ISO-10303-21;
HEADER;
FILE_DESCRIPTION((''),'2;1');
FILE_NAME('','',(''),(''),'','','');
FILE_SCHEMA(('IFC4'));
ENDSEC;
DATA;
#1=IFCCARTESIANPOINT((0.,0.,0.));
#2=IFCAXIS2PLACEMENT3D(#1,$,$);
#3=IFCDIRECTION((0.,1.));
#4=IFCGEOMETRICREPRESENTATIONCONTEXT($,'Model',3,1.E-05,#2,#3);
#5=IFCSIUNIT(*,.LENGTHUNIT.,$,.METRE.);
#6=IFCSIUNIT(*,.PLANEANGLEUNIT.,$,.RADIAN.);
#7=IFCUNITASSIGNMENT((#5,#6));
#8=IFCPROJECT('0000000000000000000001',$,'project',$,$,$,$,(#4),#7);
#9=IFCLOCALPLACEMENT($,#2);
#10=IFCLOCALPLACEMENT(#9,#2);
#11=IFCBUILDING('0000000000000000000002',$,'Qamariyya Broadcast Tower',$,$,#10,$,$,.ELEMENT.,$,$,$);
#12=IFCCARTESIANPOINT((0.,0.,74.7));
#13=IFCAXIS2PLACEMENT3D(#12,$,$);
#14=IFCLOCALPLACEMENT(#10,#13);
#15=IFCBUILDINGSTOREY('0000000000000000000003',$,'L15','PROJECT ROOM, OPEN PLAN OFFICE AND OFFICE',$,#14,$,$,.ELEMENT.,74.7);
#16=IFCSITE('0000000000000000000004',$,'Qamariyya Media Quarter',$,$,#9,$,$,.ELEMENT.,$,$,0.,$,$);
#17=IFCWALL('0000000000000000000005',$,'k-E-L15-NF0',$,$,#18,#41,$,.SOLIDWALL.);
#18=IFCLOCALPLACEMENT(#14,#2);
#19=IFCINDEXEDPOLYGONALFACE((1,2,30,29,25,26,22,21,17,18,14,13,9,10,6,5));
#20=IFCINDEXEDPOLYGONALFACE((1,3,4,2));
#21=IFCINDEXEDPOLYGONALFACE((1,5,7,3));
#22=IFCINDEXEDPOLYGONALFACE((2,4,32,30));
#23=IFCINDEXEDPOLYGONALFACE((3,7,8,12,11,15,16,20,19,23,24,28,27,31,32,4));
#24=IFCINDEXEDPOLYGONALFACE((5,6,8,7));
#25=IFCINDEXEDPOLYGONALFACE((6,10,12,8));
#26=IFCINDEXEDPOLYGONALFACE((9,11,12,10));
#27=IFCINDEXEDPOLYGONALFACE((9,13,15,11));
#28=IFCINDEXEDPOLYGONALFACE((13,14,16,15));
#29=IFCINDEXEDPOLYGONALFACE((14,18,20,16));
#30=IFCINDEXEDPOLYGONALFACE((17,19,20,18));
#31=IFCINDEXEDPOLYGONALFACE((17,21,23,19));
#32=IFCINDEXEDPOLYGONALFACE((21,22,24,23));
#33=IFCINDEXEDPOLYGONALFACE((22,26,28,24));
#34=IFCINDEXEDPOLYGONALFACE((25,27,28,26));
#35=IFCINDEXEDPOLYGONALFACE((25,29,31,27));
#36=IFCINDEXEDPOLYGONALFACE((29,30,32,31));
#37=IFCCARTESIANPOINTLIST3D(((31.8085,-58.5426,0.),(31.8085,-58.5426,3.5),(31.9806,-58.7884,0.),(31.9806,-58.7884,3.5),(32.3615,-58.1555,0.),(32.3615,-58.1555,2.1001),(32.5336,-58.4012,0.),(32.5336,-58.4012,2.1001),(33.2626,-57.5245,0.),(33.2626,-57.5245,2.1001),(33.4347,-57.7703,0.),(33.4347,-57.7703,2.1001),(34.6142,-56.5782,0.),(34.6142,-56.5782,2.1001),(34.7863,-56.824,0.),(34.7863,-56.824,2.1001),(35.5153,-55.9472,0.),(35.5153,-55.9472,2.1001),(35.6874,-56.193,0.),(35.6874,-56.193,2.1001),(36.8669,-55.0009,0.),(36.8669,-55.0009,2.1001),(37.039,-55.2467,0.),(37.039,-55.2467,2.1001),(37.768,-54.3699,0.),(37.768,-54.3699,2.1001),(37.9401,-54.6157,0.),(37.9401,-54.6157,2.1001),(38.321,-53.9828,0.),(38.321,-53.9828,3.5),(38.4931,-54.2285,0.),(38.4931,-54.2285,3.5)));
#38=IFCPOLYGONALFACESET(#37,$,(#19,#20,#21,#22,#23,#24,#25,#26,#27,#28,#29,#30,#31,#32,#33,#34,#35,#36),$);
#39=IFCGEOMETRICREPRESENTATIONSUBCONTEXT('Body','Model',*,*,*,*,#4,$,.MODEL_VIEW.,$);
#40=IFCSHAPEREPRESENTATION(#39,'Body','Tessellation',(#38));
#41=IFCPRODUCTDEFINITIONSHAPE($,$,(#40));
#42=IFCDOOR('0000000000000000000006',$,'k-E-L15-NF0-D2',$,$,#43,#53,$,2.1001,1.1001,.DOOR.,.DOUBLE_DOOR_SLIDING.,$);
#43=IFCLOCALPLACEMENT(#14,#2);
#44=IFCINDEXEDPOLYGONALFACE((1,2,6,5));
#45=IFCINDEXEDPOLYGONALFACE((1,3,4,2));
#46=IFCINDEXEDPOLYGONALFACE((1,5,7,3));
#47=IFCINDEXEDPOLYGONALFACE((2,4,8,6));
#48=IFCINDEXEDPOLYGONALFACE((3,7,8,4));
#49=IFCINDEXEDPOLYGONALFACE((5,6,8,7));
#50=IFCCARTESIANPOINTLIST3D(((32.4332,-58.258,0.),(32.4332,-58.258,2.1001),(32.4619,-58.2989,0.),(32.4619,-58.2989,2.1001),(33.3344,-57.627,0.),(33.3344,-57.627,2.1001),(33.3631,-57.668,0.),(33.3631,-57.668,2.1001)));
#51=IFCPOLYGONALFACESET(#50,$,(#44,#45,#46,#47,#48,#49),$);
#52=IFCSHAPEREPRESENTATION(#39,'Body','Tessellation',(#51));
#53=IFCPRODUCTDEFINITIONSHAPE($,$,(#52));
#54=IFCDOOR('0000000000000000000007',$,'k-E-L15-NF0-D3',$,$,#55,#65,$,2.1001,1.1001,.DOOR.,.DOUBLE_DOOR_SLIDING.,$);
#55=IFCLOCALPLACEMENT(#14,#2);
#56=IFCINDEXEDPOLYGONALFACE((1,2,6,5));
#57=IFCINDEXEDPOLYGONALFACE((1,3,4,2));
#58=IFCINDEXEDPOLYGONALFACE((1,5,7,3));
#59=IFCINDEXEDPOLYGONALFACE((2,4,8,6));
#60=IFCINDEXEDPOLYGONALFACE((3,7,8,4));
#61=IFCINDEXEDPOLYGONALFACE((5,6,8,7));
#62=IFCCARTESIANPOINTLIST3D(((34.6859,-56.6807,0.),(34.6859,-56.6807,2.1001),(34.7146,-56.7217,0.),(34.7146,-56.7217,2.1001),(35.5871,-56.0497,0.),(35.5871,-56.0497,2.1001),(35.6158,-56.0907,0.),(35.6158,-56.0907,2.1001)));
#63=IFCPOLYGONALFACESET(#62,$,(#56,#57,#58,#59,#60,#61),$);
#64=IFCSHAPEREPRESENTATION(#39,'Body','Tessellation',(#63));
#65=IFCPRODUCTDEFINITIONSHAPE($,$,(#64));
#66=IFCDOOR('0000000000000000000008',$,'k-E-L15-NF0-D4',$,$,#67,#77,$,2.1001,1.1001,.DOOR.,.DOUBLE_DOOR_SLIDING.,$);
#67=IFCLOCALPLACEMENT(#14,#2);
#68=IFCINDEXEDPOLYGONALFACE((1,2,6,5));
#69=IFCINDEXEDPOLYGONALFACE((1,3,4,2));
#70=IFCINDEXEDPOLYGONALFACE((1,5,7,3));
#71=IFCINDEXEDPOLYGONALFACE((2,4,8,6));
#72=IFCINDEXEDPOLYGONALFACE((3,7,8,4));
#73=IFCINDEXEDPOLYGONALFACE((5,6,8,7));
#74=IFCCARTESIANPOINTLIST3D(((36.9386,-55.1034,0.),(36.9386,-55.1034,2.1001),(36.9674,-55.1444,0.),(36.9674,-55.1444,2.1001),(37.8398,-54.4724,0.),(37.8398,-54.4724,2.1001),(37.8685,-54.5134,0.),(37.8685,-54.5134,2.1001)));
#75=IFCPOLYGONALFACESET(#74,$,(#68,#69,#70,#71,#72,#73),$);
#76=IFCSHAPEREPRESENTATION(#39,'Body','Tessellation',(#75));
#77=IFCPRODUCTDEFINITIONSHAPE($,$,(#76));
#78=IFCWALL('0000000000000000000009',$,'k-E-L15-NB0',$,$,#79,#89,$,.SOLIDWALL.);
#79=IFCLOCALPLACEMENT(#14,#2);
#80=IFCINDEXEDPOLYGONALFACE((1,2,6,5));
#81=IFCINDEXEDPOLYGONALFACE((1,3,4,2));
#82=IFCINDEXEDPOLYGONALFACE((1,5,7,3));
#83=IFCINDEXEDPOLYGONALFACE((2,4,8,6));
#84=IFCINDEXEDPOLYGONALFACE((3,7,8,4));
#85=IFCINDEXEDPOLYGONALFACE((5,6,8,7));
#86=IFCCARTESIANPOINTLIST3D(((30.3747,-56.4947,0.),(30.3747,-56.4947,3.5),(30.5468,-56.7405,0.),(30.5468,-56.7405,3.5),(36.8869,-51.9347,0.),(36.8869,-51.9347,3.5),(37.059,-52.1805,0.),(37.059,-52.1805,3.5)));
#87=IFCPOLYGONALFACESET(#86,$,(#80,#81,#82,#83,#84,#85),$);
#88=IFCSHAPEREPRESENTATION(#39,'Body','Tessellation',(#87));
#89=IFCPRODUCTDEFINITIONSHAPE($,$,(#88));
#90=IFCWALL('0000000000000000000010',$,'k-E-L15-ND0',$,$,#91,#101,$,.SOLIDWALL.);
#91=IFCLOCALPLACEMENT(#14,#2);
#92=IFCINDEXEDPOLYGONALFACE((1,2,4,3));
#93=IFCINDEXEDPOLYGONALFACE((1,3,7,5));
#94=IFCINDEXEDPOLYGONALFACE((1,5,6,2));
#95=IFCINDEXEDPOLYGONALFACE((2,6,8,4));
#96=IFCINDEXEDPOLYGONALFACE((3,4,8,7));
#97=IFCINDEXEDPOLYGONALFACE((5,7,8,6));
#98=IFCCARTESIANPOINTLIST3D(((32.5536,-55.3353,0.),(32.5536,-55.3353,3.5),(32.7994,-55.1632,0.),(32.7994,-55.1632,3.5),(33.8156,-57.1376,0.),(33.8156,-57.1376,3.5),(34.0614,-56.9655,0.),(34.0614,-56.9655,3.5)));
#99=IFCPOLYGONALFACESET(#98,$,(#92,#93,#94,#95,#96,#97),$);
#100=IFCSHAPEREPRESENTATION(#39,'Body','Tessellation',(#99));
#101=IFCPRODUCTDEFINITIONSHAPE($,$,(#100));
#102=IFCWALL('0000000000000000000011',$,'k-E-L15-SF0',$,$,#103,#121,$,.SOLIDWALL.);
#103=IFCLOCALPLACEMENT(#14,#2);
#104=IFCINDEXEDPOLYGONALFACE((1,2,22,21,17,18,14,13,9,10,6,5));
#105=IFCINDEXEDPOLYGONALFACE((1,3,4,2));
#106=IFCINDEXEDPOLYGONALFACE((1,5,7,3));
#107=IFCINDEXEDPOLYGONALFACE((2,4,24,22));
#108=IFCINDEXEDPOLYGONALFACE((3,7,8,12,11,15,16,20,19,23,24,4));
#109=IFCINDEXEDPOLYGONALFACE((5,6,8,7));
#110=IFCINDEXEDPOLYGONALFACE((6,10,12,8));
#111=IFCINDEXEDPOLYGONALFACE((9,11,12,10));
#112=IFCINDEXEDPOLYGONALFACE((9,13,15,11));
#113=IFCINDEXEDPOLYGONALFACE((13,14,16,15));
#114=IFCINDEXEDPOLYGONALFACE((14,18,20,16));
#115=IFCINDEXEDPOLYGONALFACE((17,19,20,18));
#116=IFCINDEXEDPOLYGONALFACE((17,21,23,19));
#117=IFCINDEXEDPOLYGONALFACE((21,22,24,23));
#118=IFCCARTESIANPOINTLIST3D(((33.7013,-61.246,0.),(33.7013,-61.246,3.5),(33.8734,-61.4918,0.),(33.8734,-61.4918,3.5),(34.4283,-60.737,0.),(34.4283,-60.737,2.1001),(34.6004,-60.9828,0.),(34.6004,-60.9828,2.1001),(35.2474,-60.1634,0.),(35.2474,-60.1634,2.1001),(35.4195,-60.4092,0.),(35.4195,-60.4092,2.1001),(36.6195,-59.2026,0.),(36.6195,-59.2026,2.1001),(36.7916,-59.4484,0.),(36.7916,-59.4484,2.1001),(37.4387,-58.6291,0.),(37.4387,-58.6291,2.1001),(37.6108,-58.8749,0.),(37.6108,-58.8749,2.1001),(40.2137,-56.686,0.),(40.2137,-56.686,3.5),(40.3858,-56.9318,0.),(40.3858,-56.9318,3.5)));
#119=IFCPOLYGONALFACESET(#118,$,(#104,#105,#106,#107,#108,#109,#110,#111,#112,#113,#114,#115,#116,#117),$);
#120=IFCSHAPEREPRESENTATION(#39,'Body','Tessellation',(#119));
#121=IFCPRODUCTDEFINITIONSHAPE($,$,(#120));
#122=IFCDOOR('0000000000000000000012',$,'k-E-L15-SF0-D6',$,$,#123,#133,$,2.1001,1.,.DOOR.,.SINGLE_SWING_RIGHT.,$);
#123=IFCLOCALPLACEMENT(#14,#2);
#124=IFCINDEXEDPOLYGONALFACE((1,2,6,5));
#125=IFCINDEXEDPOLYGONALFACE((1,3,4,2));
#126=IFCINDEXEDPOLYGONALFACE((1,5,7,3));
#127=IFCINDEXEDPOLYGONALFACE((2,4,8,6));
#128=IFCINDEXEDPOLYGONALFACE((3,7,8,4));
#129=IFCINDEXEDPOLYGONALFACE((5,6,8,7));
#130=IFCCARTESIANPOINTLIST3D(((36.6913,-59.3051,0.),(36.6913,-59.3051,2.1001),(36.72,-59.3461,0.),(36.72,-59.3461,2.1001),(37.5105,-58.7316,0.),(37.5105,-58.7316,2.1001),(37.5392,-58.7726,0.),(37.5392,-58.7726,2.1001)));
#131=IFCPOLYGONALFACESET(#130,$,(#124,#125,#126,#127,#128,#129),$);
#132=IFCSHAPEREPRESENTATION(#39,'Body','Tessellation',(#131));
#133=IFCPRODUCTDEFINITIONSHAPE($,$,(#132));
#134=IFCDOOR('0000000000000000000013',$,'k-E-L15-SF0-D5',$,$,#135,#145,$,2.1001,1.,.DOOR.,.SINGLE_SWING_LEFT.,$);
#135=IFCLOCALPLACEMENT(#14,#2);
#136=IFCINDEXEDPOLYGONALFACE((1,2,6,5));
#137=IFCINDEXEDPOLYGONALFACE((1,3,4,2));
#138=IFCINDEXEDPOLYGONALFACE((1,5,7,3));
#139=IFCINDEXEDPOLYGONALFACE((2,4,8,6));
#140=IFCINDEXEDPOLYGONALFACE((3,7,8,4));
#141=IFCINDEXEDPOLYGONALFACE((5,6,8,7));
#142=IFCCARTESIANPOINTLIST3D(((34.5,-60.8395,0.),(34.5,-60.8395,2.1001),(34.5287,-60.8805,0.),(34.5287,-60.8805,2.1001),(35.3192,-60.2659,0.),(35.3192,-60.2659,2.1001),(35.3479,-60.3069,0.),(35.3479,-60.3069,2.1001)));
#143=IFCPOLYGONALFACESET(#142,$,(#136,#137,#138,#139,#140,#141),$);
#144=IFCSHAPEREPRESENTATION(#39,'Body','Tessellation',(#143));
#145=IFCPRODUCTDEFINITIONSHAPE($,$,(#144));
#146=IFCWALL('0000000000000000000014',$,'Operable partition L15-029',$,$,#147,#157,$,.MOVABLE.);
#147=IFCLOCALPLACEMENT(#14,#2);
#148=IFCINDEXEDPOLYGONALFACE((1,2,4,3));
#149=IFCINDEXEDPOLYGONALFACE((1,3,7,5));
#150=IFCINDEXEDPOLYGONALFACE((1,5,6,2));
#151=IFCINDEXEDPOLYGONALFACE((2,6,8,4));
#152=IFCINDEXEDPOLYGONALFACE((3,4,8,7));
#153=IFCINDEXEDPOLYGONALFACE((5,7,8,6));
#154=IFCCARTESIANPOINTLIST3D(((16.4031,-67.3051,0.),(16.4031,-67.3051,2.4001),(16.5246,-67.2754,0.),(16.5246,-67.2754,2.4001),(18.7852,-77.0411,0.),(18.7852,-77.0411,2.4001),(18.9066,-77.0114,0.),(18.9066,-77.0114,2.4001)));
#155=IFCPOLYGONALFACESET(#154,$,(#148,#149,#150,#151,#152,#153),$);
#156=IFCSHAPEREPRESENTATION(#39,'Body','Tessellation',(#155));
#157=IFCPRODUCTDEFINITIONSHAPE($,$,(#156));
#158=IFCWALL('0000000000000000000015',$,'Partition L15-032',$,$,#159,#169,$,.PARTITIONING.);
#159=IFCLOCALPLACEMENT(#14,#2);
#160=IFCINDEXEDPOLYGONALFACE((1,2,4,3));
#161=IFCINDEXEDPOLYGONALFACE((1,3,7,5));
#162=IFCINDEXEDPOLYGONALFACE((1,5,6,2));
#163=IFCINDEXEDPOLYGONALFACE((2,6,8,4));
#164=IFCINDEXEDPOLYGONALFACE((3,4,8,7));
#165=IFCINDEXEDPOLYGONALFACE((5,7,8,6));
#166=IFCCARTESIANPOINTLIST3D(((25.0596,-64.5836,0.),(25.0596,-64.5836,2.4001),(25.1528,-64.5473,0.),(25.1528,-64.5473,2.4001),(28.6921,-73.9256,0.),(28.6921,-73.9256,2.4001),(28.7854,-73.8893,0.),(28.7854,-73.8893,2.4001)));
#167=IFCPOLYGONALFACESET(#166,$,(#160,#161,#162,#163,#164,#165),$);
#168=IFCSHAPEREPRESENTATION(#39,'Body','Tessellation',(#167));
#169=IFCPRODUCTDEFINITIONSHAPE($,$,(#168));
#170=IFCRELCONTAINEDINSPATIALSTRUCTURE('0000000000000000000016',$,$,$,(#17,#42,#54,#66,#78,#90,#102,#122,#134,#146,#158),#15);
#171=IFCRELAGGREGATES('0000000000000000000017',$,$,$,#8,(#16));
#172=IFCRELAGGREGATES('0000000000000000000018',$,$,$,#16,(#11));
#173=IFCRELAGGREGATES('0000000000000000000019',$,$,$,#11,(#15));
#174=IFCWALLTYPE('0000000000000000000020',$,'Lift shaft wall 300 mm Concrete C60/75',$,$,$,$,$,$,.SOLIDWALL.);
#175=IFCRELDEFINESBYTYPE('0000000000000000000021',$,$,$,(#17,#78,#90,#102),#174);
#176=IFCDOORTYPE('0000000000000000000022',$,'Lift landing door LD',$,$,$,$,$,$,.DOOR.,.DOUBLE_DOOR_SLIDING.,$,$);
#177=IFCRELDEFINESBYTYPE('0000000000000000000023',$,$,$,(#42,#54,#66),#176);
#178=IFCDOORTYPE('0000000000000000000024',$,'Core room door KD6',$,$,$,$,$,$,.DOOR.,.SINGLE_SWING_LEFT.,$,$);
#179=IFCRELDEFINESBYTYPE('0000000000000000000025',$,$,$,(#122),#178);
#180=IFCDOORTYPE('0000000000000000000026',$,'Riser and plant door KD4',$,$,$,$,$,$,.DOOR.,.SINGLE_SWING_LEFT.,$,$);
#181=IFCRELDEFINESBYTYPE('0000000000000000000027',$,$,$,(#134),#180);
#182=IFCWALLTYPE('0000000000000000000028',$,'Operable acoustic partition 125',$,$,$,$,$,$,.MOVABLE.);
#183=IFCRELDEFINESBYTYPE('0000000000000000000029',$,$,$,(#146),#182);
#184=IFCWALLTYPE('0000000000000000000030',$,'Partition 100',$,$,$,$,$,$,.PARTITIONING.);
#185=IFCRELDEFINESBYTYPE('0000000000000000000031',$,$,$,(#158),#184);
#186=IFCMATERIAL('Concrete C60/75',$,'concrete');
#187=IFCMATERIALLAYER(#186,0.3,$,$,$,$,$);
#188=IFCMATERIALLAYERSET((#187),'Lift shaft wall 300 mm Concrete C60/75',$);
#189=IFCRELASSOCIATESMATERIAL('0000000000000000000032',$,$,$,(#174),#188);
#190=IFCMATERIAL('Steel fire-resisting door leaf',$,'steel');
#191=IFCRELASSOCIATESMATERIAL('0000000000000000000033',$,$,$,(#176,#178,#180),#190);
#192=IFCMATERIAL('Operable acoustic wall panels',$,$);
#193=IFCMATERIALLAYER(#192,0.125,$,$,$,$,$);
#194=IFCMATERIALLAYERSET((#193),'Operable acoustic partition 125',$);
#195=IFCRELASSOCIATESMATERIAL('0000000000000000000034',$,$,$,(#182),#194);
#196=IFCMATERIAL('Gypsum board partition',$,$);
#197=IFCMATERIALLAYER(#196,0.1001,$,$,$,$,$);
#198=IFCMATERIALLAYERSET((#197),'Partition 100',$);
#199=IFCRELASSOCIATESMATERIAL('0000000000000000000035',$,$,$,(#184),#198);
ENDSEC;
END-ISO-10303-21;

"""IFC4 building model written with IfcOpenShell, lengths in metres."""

from ifc_helpers import new_model, si_unit, direction, frame, frame_2d, origin, place, context, subcontext, project, spatial, rectangle, extrude, material, layer, layer_set, type_object, element, fill, save


model = new_model("IFC4")

# Units and contexts
model_context = context("Model", 3, precision=1e-05, world=origin(), true_north=direction((0.0, 1.0)))
body_context = subcontext(model_context, "Body", "Model", "MODEL_VIEW")
ifc_project = project(units=[si_unit("LENGTHUNIT", "METRE"), si_unit("PLANEANGLEUNIT", "RADIAN")], contexts=[model_context])

# Site, building, storey
site_placement = place(None, origin())
site = spatial("IfcSite", under=ifc_project, at=site_placement, Name="Qamariyya Media Quarter", CompositionType="ELEMENT", RefElevation=0.0)
building_placement = place(site_placement, origin())
building = spatial("IfcBuilding", under=site, at=building_placement, Name="Qamariyya Broadcast Tower", CompositionType="ELEMENT")
storey_placement = place(building_placement, frame((0.0, 0.0, 74.7)))
storey = spatial("IfcBuildingStorey", under=building, at=storey_placement, Name="L15", Description="PROJECT ROOM, OPEN PLAN OFFICE AND OFFICE", CompositionType="ELEMENT", Elevation=74.7)

# Shared definitions
ifc_material_1 = material(Name="Gypsum board partition")

# Wall, openings, doors
ifc_material_2 = material(Name="Concrete C60/75", Category="concrete")
ifc_layer_1 = layer(ifc_material_2, 0.3)
ifc_layer_set_1 = layer_set([ifc_layer_1], Name="Lift shaft wall 300 mm Concrete C60/75")
wall_type_1 = type_object("IfcWallType", Name="Lift shaft wall 300 mm Concrete C60/75", PredefinedType="SOLIDWALL", material=ifc_layer_set_1)
wall_1_placement = place(storey_placement, frame((31.8945, -58.6655, 0.0), z_axis=(0.0, 0.0, 1.0), x_axis=(0.819167, 0.573555, 0.0)))
wall_1 = element("IfcWall", 1, at=wall_1_placement, inside=storey, type_object=wall_type_1, Name="k-E-L15-NF0", PredefinedType="SOLIDWALL", context=body_context, shape_type="SweptSolid", body=[
    extrude(rectangle(XDim=7.9502, YDim=0.3, at=frame_2d((3.9751, 0.0))), origin(), (0.0, 0.0, 1.0), 3.5),
])
opening_1_placement = place(wall_1_placement, frame((0.675, 0.0, 0.0)))
opening_1 = element("IfcOpeningElement", 2, at=opening_1_placement, cuts=wall_1, PredefinedType="OPENING", context=body_context, shape_type="SweptSolid", body=[
    extrude(rectangle(XDim=1.1001, YDim=2.1001, at=frame_2d((0.55, 1.05))), frame((0.0, 0.1599, 0.0), z_axis=(0.0, -1.0, 0.0), x_axis=(1.0, 0.0, 0.0)), (0.0, 0.0, 1.0), 0.3201),
])
opening_2_placement = place(wall_1_placement, frame((3.425, 0.0, 0.0)))
opening_2 = element("IfcOpeningElement", 3, at=opening_2_placement, cuts=wall_1, PredefinedType="OPENING", context=body_context, shape_type="SweptSolid", body=[
    extrude(rectangle(XDim=1.1001, YDim=2.1001, at=frame_2d((0.55, 1.05))), frame((0.0, 0.1599, 0.0), z_axis=(0.0, -1.0, 0.0), x_axis=(1.0, 0.0, 0.0)), (0.0, 0.0, 1.0), 0.3201),
])
opening_3_placement = place(wall_1_placement, frame((6.175, 0.0, 0.0)))
opening_3 = element("IfcOpeningElement", 4, at=opening_3_placement, cuts=wall_1, PredefinedType="OPENING", context=body_context, shape_type="SweptSolid", body=[
    extrude(rectangle(XDim=1.1001, YDim=2.1001, at=frame_2d((0.55, 1.05))), frame((0.0, 0.1599, 0.0), z_axis=(0.0, -1.0, 0.0), x_axis=(1.0, 0.0, 0.0)), (0.0, 0.0, 1.0), 0.3201),
])
ifc_material_3 = material(Name="Steel fire-resisting door leaf", Category="steel")
door_type_1 = type_object("IfcDoorType", Name="Lift landing door LD", OperationType="DOUBLE_DOOR_SLIDING", PredefinedType="DOOR", material=ifc_material_3)
door_1_placement = place(opening_1_placement, origin())
door_1 = element("IfcDoor", 5, at=door_1_placement, inside=storey, type_object=door_type_1, Name="k-E-L15-NF0-D2", OperationType="DOUBLE_DOOR_SLIDING", OverallHeight=2.1001, OverallWidth=1.1001, PredefinedType="DOOR", context=body_context, shape_type="SweptSolid", body=[
    extrude(rectangle(XDim=1.1001, YDim=2.1001, at=frame_2d((0.55, 1.05))), frame((0.0, 0.0249, 0.0), z_axis=(0.0, -1.0, 0.0), x_axis=(1.0, 0.0, 0.0)), (0.0, 0.0, 1.0), 0.05),
])
fill(opening_1, door_1)
door_2_placement = place(opening_2_placement, origin())
door_2 = element("IfcDoor", 6, at=door_2_placement, inside=storey, type_object=door_type_1, Name="k-E-L15-NF0-D3", OperationType="DOUBLE_DOOR_SLIDING", OverallHeight=2.1001, OverallWidth=1.1001, PredefinedType="DOOR", context=body_context, shape_type="SweptSolid", body=[
    extrude(rectangle(XDim=1.1001, YDim=2.1001, at=frame_2d((0.55, 1.05))), frame((0.0, 0.0249, 0.0), z_axis=(0.0, -1.0, 0.0), x_axis=(1.0, 0.0, 0.0)), (0.0, 0.0, 1.0), 0.05),
])
fill(opening_2, door_2)
door_3_placement = place(opening_3_placement, origin())
door_3 = element("IfcDoor", 7, at=door_3_placement, inside=storey, type_object=door_type_1, Name="k-E-L15-NF0-D4", OperationType="DOUBLE_DOOR_SLIDING", OverallHeight=2.1001, OverallWidth=1.1001, PredefinedType="DOOR", context=body_context, shape_type="SweptSolid", body=[
    extrude(rectangle(XDim=1.1001, YDim=2.1001, at=frame_2d((0.55, 1.05))), frame((0.0, 0.0249, 0.0), z_axis=(0.0, -1.0, 0.0), x_axis=(1.0, 0.0, 0.0)), (0.0, 0.0, 1.0), 0.05),
])
fill(opening_3, door_3)

# Walls
wall_2_placement = place(storey_placement, frame((30.4607, -56.6177, 0.0), z_axis=(0.0, 0.0, 1.0), x_axis=(0.819142, 0.57359, 0.0)))
element("IfcWall", 8, at=wall_2_placement, inside=storey, type_object=wall_type_1, Name="k-E-L15-NB0", PredefinedType="SOLIDWALL", context=body_context, shape_type="SweptSolid", body=[
    extrude(rectangle(XDim=7.95, YDim=0.3, at=frame_2d((3.9751, 0.0))), origin(), (0.0, 0.0, 1.0), 3.5),
])
wall_3_placement = place(storey_placement, frame((33.9385, -57.0515, 0.0), z_axis=(0.0, 0.0, 1.0), x_axis=(-0.573581, 0.819149, 0.0)))
element("IfcWall", 9, at=wall_3_placement, inside=storey, type_object=wall_type_1, Name="k-E-L15-ND0", PredefinedType="SOLIDWALL", context=body_context, shape_type="SweptSolid", body=[
    extrude(rectangle(XDim=2.2002, YDim=0.3, at=frame_2d((1.1001, 0.0))), origin(), (0.0, 0.0, 1.0), 3.5),
])

# Wall, openings, doors
wall_4_placement = place(storey_placement, frame((33.7874, -61.3689, 0.0), z_axis=(0.0, 0.0, 1.0), x_axis=(0.819153, 0.573576, 0.0)))
wall_4 = element("IfcWall", 10, at=wall_4_placement, inside=storey, type_object=wall_type_1, Name="k-E-L15-SF0", PredefinedType="SOLIDWALL", context=body_context, shape_type="SweptSolid", body=[
    extrude(rectangle(XDim=7.9502, YDim=0.3, at=frame_2d((3.9751, 0.0))), origin(), (0.0, 0.0, 1.0), 3.5),
])
opening_4_placement = place(wall_4_placement, frame((0.8875, 0.0, 0.0)))
opening_4 = element("IfcOpeningElement", 11, at=opening_4_placement, cuts=wall_4, PredefinedType="OPENING", context=body_context, shape_type="SweptSolid", body=[
    extrude(rectangle(XDim=1.0, YDim=2.1001, at=frame_2d((0.5, 1.05))), frame((0.0, 0.1599, 0.0), z_axis=(0.0, -1.0, 0.0), x_axis=(1.0, 0.0, 0.0)), (0.0, 0.0, 1.0), 0.3201),
])
opening_5_placement = place(wall_4_placement, frame((3.5625, 0.0, 0.0)))
opening_5 = element("IfcOpeningElement", 12, at=opening_5_placement, cuts=wall_4, PredefinedType="OPENING", context=body_context, shape_type="SweptSolid", body=[
    extrude(rectangle(XDim=1.0, YDim=2.1001, at=frame_2d((0.5, 1.05))), frame((0.0, 0.1599, 0.0), z_axis=(0.0, -1.0, 0.0), x_axis=(1.0, 0.0, 0.0)), (0.0, 0.0, 1.0), 0.3201),
])
door_type_2 = type_object("IfcDoorType", Name="Core room door KD6", OperationType="SINGLE_SWING_LEFT", PredefinedType="DOOR", material=ifc_material_3)
door_4_placement = place(opening_5_placement, origin())
door_4 = element("IfcDoor", 13, at=door_4_placement, inside=storey, type_object=door_type_2, Name="k-E-L15-SF0-D6", OperationType="SINGLE_SWING_RIGHT", OverallHeight=2.1001, OverallWidth=1.0, PredefinedType="DOOR", context=body_context, shape_type="SweptSolid", body=[
    extrude(rectangle(XDim=1.0, YDim=2.1001, at=frame_2d((0.5, 1.05))), frame((0.0, 0.0249, 0.0), z_axis=(0.0, -1.0, 0.0), x_axis=(1.0, 0.0, 0.0)), (0.0, 0.0, 1.0), 0.05),
])
fill(opening_5, door_4)
door_type_3 = type_object("IfcDoorType", Name="Riser and plant door KD4", OperationType="SINGLE_SWING_LEFT", PredefinedType="DOOR", material=ifc_material_3)
door_5_placement = place(opening_4_placement, origin())
door_5 = element("IfcDoor", 14, at=door_5_placement, inside=storey, type_object=door_type_3, Name="k-E-L15-SF0-D5", OperationType="SINGLE_SWING_LEFT", OverallHeight=2.1001, OverallWidth=1.0, PredefinedType="DOOR", context=body_context, shape_type="SweptSolid", body=[
    extrude(rectangle(XDim=1.0, YDim=2.1001, at=frame_2d((0.5, 1.05))), frame((0.0, 0.0249, 0.0), z_axis=(0.0, -1.0, 0.0), x_axis=(1.0, 0.0, 0.0)), (0.0, 0.0, 1.0), 0.05),
])
fill(opening_4, door_5)

# Walls
ifc_material_4 = material(Name="Operable acoustic wall panels")
ifc_layer_2 = layer(ifc_material_4, 0.125)
ifc_layer_set_2 = layer_set([ifc_layer_2], Name="Operable acoustic partition 125")
wall_type_2 = type_object("IfcWallType", Name="Operable acoustic partition 125", PredefinedType="MOVABLE", material=ifc_layer_set_2)
wall_5_placement = place(storey_placement, frame((18.8459, -77.0264, 0.0), z_axis=(0.0, 0.0, 1.0), x_axis=(-0.237655, 0.97135, 0.0)))
element("IfcWall", 15, at=wall_5_placement, inside=storey, type_object=wall_type_2, Name="Operable partition L15-029", PredefinedType="MOVABLE", context=body_context, shape_type="SweptSolid", body=[
    extrude(rectangle(XDim=10.0232, YDim=0.125, at=frame_2d((5.0117, 0.0))), origin(), (0.0, 0.0, 1.0), 2.4001),
])
ifc_layer_3 = layer(ifc_material_1, 0.1001)
ifc_layer_set_3 = layer_set([ifc_layer_3], Name="Partition 100")
wall_type_3 = type_object("IfcWallType", Name="Partition 100", PredefinedType="PARTITIONING", material=ifc_layer_set_3)
wall_6_placement = place(storey_placement, frame((28.7388, -73.9075, 0.0), z_axis=(0.0, 0.0, 1.0), x_axis=(-0.362407, 0.93202, 0.0)))
element("IfcWall", 16, at=wall_6_placement, inside=storey, type_object=wall_type_3, Name="Partition L15-032", PredefinedType="PARTITIONING", context=body_context, shape_type="SweptSolid", body=[
    extrude(rectangle(XDim=10.0234, YDim=0.1001, at=frame_2d((5.0117, 0.0))), origin(), (0.0, 0.0, 1.0), 2.4001),
])

save(model, "model.ifc")
